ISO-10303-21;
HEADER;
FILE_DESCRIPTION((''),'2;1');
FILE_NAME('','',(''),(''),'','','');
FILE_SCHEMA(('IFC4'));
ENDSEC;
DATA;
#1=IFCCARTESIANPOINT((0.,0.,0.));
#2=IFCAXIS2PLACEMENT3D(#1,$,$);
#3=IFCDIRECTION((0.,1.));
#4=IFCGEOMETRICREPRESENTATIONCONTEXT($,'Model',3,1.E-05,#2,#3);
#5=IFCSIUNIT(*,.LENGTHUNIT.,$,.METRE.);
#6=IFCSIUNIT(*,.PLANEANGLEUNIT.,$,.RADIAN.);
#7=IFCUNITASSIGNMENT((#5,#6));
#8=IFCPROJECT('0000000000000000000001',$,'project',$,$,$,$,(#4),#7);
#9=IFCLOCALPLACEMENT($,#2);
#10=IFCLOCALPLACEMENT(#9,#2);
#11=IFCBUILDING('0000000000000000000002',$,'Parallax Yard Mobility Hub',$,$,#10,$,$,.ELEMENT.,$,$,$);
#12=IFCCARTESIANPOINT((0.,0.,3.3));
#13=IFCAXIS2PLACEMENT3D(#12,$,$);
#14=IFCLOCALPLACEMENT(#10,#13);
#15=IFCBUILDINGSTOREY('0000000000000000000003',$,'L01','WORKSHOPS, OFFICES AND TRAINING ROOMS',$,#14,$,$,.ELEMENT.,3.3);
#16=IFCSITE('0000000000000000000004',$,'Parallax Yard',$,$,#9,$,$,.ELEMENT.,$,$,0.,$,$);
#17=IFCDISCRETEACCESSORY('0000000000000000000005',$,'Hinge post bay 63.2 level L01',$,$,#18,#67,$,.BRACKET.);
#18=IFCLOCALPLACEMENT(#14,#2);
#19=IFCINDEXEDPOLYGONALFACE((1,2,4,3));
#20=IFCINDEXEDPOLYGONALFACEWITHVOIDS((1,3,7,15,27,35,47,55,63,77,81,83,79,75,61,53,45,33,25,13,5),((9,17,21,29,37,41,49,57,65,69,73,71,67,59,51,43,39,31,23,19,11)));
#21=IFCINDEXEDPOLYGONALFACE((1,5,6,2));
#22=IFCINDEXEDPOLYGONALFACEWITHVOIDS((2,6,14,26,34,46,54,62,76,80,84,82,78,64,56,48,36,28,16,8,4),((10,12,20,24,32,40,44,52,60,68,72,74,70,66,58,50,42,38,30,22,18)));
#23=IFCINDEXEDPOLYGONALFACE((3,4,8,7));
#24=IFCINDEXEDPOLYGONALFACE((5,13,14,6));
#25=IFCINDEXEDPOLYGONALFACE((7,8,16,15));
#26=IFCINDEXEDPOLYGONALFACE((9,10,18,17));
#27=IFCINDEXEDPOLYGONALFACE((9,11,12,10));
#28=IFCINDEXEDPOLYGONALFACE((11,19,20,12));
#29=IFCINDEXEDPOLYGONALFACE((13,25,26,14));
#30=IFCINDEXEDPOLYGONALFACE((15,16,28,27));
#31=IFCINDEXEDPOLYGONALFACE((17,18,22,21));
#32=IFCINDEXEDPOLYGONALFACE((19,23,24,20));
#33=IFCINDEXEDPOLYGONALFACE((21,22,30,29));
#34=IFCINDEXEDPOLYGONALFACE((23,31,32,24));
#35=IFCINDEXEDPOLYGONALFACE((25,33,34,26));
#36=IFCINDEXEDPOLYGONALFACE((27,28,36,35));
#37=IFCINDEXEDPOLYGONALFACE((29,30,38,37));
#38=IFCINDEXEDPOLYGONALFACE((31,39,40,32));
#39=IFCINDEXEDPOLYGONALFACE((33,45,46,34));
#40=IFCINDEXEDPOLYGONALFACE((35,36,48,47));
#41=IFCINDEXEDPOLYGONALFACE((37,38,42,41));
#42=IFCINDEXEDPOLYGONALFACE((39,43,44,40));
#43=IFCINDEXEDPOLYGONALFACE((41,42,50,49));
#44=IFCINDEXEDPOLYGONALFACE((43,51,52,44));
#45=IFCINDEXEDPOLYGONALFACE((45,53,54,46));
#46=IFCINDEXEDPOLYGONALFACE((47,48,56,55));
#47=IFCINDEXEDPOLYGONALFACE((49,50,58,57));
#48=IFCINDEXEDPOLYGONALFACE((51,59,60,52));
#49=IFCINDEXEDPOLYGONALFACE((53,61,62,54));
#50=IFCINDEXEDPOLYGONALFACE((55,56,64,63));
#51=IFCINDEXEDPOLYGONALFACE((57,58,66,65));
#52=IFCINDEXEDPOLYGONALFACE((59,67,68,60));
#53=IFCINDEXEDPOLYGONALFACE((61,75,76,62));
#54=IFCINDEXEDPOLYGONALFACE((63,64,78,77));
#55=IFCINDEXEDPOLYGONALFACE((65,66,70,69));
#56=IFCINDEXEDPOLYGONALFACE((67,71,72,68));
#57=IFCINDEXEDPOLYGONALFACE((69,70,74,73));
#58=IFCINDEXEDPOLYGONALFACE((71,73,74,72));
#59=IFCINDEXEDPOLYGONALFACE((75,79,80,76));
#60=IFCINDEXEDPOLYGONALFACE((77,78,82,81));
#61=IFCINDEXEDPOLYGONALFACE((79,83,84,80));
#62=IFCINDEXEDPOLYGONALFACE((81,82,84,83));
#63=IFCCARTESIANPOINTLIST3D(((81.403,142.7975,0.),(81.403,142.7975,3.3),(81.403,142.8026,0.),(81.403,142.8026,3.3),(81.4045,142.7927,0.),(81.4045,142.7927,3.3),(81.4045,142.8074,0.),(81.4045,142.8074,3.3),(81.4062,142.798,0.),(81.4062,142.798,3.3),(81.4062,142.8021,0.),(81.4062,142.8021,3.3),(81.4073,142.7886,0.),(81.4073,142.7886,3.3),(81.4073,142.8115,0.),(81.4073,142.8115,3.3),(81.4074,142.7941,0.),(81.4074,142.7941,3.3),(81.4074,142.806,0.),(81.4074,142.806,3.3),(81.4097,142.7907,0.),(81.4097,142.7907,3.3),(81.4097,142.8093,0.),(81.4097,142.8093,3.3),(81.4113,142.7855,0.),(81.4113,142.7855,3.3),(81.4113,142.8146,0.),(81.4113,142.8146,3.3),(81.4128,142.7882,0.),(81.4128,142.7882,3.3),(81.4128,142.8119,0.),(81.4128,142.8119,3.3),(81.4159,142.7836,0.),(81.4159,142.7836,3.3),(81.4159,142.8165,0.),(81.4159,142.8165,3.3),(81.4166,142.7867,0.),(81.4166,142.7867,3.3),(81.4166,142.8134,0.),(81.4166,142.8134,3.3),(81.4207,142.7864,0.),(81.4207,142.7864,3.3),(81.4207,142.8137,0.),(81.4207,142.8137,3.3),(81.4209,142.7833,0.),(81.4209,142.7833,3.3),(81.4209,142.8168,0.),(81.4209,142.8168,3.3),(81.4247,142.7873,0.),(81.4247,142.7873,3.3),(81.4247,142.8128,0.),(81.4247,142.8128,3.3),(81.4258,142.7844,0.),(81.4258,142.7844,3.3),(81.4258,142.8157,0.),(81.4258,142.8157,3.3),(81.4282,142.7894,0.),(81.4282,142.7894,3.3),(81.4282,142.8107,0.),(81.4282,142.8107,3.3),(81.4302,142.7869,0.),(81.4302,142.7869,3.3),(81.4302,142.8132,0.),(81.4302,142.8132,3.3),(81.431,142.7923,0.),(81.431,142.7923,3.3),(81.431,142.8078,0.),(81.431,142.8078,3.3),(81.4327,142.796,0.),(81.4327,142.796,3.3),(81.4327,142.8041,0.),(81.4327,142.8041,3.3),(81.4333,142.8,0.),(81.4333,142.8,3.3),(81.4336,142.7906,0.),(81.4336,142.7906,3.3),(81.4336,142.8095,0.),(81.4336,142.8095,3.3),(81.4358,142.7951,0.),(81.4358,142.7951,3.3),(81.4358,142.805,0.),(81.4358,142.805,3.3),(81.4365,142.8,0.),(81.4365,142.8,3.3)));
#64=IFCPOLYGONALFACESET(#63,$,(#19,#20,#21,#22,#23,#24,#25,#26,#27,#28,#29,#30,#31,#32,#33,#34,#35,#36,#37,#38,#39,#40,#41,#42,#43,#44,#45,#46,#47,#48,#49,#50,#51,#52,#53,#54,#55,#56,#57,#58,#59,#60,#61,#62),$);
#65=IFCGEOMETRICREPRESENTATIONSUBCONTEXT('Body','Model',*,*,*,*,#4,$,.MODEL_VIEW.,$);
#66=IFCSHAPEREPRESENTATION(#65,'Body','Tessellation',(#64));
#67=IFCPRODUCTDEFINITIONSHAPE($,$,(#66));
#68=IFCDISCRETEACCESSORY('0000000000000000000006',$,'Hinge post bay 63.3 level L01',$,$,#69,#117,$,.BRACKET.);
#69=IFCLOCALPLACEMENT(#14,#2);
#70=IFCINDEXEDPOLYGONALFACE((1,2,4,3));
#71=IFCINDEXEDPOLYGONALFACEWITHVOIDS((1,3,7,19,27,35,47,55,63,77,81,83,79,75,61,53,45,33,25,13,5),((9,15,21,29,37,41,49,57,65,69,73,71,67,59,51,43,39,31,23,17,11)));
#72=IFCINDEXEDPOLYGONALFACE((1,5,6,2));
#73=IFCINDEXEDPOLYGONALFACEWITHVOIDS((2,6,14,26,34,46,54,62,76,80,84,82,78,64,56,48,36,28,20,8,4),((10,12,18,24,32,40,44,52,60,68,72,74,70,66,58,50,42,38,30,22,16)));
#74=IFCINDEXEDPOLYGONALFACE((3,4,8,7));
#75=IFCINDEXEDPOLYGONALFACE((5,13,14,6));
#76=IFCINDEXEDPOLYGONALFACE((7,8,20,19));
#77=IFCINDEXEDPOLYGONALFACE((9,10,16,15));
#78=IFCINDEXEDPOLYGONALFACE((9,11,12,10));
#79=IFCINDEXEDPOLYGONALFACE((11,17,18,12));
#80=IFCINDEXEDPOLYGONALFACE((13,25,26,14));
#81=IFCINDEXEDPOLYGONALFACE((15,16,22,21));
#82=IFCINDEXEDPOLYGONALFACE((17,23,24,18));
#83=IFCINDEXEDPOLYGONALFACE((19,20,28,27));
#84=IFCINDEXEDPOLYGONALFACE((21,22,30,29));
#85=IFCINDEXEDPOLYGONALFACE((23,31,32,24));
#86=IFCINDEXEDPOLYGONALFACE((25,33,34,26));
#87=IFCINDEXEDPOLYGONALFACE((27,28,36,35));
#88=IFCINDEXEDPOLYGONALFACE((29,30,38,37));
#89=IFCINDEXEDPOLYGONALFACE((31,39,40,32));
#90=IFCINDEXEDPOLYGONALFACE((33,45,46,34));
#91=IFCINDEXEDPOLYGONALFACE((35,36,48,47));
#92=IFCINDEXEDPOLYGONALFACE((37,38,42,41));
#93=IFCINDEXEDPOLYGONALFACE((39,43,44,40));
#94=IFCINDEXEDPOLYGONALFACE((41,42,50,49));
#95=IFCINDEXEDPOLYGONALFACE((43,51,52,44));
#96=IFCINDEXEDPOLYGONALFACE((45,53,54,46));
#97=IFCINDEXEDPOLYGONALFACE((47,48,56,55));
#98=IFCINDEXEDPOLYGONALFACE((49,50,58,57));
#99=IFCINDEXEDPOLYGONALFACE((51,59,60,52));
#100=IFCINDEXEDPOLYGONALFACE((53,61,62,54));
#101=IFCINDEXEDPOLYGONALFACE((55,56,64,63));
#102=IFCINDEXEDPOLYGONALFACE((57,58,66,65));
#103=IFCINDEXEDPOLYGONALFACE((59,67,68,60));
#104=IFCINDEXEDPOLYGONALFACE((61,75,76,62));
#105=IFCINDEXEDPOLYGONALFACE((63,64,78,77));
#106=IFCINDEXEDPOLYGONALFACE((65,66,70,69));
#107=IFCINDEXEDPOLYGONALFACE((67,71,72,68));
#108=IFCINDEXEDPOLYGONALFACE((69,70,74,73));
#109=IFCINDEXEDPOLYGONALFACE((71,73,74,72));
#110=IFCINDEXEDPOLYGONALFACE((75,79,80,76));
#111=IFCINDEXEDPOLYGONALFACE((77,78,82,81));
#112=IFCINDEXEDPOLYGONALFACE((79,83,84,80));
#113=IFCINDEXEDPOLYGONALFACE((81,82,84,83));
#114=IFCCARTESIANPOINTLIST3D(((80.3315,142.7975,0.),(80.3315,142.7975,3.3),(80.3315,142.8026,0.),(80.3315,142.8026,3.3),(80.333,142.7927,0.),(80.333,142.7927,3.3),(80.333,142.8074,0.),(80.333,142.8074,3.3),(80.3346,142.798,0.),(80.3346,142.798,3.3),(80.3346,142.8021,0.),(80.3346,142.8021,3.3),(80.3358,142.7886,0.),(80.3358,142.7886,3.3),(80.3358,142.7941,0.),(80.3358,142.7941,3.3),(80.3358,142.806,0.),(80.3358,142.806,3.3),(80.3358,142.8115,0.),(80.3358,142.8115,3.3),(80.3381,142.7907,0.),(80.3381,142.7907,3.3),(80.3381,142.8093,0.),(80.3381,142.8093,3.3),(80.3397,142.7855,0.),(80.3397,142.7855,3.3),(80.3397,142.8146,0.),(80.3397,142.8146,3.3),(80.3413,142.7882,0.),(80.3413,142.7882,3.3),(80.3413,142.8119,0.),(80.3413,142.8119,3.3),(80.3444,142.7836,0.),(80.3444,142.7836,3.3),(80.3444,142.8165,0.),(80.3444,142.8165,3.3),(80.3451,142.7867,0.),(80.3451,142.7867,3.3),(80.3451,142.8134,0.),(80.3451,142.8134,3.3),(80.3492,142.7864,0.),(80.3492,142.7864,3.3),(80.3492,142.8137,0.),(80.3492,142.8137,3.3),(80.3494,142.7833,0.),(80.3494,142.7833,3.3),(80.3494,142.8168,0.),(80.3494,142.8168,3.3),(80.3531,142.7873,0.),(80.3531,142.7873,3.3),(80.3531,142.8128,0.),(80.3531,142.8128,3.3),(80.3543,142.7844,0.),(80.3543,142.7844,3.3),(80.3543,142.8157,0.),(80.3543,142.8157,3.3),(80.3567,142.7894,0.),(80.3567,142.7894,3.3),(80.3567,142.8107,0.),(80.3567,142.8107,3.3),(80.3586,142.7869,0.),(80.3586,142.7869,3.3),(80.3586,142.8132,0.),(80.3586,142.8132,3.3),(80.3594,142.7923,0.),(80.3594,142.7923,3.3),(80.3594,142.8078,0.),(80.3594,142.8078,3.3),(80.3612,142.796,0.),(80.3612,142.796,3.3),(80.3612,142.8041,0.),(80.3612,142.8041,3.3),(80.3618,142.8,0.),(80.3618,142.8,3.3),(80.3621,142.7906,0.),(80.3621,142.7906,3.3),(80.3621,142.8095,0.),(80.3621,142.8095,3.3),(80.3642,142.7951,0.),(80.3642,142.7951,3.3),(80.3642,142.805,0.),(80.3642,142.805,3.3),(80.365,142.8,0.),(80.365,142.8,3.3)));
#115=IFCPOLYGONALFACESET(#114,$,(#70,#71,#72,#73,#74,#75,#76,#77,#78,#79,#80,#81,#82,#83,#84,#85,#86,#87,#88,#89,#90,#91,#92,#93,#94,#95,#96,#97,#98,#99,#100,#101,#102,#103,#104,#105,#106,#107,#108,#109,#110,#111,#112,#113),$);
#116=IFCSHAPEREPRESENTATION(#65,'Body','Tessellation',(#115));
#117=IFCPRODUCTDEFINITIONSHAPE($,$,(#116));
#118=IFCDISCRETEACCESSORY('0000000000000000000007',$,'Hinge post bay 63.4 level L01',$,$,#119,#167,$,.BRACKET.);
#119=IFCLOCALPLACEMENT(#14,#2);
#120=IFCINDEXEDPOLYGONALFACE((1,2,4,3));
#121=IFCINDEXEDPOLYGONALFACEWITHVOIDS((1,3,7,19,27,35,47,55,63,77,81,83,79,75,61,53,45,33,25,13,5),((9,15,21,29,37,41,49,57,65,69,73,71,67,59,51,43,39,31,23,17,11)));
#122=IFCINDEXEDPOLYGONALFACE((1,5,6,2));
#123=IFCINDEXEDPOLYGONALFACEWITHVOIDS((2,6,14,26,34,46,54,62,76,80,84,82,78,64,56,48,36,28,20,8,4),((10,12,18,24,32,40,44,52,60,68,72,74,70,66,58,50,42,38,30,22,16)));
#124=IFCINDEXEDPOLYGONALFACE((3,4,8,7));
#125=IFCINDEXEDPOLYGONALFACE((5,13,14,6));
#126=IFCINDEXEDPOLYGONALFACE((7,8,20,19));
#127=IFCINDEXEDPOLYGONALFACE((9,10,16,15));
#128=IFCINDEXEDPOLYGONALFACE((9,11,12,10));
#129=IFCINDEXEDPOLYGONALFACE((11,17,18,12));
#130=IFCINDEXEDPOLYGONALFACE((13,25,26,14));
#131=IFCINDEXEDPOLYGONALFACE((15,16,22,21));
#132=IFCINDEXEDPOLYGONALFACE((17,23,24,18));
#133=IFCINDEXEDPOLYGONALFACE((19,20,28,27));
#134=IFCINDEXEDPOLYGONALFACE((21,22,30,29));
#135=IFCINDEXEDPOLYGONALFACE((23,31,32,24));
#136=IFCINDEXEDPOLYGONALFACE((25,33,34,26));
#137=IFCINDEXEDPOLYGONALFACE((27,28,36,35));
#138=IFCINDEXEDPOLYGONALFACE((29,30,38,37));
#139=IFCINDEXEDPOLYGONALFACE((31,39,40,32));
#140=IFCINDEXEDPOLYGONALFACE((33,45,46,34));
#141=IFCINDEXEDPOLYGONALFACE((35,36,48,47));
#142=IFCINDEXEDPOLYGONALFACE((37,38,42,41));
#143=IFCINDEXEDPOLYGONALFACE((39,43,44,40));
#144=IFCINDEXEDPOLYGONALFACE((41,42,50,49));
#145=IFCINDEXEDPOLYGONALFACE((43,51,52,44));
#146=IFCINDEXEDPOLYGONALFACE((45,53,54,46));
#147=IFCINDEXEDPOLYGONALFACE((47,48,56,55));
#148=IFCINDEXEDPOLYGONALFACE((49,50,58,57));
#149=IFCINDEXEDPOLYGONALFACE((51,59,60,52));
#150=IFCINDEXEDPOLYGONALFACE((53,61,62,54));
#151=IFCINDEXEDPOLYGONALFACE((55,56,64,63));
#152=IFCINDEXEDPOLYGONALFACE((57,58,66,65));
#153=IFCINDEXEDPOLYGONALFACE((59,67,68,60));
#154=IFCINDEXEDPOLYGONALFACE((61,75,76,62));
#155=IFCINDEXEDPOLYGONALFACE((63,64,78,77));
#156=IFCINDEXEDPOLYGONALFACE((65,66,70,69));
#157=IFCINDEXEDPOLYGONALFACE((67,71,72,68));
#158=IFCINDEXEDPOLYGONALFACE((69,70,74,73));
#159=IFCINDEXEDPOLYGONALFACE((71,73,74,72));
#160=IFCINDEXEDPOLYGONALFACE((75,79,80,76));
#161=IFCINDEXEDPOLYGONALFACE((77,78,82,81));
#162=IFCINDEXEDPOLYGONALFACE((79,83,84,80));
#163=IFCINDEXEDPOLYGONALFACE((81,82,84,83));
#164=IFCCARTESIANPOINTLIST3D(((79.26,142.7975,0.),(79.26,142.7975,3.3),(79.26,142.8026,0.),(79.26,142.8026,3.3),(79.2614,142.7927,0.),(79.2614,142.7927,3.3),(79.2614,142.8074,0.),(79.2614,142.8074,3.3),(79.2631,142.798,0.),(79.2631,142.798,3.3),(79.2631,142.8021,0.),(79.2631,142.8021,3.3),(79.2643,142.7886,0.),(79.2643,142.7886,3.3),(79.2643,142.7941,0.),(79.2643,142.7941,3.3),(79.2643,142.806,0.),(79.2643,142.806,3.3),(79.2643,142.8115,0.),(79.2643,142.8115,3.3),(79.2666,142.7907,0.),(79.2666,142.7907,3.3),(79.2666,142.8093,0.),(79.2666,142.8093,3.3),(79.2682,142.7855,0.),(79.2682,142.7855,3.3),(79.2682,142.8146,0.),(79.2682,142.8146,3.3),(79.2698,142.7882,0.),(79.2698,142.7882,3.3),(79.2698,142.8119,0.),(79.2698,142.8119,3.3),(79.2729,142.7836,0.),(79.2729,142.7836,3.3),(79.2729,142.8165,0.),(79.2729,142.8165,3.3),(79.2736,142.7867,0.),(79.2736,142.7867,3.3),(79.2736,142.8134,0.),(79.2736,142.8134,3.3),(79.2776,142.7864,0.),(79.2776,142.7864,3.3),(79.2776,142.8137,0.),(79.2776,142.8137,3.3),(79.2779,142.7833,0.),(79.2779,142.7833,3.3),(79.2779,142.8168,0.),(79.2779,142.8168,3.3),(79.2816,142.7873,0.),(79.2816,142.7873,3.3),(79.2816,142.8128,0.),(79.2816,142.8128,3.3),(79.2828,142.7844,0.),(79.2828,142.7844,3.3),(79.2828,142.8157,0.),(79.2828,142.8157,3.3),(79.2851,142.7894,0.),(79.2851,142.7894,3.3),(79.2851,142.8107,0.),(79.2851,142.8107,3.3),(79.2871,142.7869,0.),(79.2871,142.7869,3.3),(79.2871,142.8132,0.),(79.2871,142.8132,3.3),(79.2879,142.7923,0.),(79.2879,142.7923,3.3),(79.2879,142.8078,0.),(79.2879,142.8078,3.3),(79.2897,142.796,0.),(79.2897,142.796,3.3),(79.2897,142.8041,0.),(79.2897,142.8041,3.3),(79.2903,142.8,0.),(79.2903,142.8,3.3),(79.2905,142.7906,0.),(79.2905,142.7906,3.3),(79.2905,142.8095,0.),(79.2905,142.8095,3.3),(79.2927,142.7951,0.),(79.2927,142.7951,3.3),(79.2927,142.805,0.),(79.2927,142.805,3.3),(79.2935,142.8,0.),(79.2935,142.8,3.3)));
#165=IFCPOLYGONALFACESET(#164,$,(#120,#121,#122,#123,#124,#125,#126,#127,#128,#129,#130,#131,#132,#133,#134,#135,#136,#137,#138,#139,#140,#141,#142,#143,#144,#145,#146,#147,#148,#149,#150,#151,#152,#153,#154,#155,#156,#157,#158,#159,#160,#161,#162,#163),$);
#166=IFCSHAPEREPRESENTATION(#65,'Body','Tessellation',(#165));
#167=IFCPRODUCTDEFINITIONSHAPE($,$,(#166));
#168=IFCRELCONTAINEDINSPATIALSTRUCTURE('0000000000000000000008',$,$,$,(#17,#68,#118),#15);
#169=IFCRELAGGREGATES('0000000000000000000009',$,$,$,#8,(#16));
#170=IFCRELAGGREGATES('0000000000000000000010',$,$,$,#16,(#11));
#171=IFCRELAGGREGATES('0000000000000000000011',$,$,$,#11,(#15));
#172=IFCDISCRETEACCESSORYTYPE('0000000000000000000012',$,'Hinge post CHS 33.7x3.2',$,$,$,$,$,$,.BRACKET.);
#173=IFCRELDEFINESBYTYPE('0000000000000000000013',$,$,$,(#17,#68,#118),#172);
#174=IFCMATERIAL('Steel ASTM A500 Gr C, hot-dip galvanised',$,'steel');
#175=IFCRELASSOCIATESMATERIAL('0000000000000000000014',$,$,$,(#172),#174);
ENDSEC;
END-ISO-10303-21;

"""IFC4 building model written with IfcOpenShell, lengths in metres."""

from ifc_helpers import new_model, si_unit, direction, frame, origin, origin_2d, place, context, subcontext, project, spatial, hollow_circle, extrude, material, material_profile, profile_set, type_object, element, save


model = new_model("IFC4")

# Units and contexts
model_context = context("Model", 3, precision=1e-05, world=origin(), true_north=direction((0.0, 1.0)))
body_context = subcontext(model_context, "Body", "Model", "MODEL_VIEW")
ifc_project = project(units=[si_unit("LENGTHUNIT", "METRE"), si_unit("PLANEANGLEUNIT", "RADIAN")], contexts=[model_context])

# Site, building, storey
site_placement = place(None, origin())
site = spatial("IfcSite", under=ifc_project, at=site_placement, Name="Parallax Yard", CompositionType="ELEMENT", RefElevation=0.0)
building_placement = place(site_placement, origin())
building = spatial("IfcBuilding", under=site, at=building_placement, Name="Parallax Yard Mobility Hub", CompositionType="ELEMENT")
storey_placement = place(building_placement, frame((0.0, 0.0, 3.3)))
storey = spatial("IfcBuildingStorey", under=building, at=storey_placement, Name="L01", Description="WORKSHOPS, OFFICES AND TRAINING ROOMS", CompositionType="ELEMENT", Elevation=3.3)

# Discrete accessories
ifc_material_1 = material(Name="Steel ASTM A500 Gr C, hot-dip galvanised", Category="steel")
ifc_material_profile = material_profile(ifc_material_1, hollow_circle(Radius=0.0168, WallThickness=0.0032, at=origin_2d()), Name="CHS 33.7x3.2")
ifc_profile_set = profile_set([ifc_material_profile], Name="Steel ASTM A500 Gr C, hot-dip galvanised")
discrete_accessory_type_1 = type_object("IfcDiscreteAccessoryType", Name="Hinge post CHS 33.7x3.2", PredefinedType="BRACKET", material=ifc_profile_set)
for number, where, z_axis, x_axis, name in (
    (1, (81.4197, 142.8, 0.0), (0.0, 0.0, 1.0), (1.0, 0.0, 0.0), "Hinge post bay 63.2 level L01"),
    (2, (80.3481, 142.8, 0.0), (0.0, 0.0, 1.0), (1.0, 0.0, 0.0), "Hinge post bay 63.3 level L01"),
    (3, (79.2766, 142.8, 0.0), (0.0, 0.0, 1.0), (1.0, 0.0, 0.0), "Hinge post bay 63.4 level L01"),
):
    element("IfcDiscreteAccessory", number, at=place(storey_placement, frame(where, z_axis=z_axis, x_axis=x_axis)), inside=storey, type_object=discrete_accessory_type_1, Name=name, PredefinedType="BRACKET", context=body_context, shape_type="SweptSolid", body=[
        extrude(hollow_circle(Radius=0.0168, WallThickness=0.0032, at=origin_2d()), origin(), (0.0, 0.0, 1.0), 3.3),
    ])

save(model, "model.ifc")
